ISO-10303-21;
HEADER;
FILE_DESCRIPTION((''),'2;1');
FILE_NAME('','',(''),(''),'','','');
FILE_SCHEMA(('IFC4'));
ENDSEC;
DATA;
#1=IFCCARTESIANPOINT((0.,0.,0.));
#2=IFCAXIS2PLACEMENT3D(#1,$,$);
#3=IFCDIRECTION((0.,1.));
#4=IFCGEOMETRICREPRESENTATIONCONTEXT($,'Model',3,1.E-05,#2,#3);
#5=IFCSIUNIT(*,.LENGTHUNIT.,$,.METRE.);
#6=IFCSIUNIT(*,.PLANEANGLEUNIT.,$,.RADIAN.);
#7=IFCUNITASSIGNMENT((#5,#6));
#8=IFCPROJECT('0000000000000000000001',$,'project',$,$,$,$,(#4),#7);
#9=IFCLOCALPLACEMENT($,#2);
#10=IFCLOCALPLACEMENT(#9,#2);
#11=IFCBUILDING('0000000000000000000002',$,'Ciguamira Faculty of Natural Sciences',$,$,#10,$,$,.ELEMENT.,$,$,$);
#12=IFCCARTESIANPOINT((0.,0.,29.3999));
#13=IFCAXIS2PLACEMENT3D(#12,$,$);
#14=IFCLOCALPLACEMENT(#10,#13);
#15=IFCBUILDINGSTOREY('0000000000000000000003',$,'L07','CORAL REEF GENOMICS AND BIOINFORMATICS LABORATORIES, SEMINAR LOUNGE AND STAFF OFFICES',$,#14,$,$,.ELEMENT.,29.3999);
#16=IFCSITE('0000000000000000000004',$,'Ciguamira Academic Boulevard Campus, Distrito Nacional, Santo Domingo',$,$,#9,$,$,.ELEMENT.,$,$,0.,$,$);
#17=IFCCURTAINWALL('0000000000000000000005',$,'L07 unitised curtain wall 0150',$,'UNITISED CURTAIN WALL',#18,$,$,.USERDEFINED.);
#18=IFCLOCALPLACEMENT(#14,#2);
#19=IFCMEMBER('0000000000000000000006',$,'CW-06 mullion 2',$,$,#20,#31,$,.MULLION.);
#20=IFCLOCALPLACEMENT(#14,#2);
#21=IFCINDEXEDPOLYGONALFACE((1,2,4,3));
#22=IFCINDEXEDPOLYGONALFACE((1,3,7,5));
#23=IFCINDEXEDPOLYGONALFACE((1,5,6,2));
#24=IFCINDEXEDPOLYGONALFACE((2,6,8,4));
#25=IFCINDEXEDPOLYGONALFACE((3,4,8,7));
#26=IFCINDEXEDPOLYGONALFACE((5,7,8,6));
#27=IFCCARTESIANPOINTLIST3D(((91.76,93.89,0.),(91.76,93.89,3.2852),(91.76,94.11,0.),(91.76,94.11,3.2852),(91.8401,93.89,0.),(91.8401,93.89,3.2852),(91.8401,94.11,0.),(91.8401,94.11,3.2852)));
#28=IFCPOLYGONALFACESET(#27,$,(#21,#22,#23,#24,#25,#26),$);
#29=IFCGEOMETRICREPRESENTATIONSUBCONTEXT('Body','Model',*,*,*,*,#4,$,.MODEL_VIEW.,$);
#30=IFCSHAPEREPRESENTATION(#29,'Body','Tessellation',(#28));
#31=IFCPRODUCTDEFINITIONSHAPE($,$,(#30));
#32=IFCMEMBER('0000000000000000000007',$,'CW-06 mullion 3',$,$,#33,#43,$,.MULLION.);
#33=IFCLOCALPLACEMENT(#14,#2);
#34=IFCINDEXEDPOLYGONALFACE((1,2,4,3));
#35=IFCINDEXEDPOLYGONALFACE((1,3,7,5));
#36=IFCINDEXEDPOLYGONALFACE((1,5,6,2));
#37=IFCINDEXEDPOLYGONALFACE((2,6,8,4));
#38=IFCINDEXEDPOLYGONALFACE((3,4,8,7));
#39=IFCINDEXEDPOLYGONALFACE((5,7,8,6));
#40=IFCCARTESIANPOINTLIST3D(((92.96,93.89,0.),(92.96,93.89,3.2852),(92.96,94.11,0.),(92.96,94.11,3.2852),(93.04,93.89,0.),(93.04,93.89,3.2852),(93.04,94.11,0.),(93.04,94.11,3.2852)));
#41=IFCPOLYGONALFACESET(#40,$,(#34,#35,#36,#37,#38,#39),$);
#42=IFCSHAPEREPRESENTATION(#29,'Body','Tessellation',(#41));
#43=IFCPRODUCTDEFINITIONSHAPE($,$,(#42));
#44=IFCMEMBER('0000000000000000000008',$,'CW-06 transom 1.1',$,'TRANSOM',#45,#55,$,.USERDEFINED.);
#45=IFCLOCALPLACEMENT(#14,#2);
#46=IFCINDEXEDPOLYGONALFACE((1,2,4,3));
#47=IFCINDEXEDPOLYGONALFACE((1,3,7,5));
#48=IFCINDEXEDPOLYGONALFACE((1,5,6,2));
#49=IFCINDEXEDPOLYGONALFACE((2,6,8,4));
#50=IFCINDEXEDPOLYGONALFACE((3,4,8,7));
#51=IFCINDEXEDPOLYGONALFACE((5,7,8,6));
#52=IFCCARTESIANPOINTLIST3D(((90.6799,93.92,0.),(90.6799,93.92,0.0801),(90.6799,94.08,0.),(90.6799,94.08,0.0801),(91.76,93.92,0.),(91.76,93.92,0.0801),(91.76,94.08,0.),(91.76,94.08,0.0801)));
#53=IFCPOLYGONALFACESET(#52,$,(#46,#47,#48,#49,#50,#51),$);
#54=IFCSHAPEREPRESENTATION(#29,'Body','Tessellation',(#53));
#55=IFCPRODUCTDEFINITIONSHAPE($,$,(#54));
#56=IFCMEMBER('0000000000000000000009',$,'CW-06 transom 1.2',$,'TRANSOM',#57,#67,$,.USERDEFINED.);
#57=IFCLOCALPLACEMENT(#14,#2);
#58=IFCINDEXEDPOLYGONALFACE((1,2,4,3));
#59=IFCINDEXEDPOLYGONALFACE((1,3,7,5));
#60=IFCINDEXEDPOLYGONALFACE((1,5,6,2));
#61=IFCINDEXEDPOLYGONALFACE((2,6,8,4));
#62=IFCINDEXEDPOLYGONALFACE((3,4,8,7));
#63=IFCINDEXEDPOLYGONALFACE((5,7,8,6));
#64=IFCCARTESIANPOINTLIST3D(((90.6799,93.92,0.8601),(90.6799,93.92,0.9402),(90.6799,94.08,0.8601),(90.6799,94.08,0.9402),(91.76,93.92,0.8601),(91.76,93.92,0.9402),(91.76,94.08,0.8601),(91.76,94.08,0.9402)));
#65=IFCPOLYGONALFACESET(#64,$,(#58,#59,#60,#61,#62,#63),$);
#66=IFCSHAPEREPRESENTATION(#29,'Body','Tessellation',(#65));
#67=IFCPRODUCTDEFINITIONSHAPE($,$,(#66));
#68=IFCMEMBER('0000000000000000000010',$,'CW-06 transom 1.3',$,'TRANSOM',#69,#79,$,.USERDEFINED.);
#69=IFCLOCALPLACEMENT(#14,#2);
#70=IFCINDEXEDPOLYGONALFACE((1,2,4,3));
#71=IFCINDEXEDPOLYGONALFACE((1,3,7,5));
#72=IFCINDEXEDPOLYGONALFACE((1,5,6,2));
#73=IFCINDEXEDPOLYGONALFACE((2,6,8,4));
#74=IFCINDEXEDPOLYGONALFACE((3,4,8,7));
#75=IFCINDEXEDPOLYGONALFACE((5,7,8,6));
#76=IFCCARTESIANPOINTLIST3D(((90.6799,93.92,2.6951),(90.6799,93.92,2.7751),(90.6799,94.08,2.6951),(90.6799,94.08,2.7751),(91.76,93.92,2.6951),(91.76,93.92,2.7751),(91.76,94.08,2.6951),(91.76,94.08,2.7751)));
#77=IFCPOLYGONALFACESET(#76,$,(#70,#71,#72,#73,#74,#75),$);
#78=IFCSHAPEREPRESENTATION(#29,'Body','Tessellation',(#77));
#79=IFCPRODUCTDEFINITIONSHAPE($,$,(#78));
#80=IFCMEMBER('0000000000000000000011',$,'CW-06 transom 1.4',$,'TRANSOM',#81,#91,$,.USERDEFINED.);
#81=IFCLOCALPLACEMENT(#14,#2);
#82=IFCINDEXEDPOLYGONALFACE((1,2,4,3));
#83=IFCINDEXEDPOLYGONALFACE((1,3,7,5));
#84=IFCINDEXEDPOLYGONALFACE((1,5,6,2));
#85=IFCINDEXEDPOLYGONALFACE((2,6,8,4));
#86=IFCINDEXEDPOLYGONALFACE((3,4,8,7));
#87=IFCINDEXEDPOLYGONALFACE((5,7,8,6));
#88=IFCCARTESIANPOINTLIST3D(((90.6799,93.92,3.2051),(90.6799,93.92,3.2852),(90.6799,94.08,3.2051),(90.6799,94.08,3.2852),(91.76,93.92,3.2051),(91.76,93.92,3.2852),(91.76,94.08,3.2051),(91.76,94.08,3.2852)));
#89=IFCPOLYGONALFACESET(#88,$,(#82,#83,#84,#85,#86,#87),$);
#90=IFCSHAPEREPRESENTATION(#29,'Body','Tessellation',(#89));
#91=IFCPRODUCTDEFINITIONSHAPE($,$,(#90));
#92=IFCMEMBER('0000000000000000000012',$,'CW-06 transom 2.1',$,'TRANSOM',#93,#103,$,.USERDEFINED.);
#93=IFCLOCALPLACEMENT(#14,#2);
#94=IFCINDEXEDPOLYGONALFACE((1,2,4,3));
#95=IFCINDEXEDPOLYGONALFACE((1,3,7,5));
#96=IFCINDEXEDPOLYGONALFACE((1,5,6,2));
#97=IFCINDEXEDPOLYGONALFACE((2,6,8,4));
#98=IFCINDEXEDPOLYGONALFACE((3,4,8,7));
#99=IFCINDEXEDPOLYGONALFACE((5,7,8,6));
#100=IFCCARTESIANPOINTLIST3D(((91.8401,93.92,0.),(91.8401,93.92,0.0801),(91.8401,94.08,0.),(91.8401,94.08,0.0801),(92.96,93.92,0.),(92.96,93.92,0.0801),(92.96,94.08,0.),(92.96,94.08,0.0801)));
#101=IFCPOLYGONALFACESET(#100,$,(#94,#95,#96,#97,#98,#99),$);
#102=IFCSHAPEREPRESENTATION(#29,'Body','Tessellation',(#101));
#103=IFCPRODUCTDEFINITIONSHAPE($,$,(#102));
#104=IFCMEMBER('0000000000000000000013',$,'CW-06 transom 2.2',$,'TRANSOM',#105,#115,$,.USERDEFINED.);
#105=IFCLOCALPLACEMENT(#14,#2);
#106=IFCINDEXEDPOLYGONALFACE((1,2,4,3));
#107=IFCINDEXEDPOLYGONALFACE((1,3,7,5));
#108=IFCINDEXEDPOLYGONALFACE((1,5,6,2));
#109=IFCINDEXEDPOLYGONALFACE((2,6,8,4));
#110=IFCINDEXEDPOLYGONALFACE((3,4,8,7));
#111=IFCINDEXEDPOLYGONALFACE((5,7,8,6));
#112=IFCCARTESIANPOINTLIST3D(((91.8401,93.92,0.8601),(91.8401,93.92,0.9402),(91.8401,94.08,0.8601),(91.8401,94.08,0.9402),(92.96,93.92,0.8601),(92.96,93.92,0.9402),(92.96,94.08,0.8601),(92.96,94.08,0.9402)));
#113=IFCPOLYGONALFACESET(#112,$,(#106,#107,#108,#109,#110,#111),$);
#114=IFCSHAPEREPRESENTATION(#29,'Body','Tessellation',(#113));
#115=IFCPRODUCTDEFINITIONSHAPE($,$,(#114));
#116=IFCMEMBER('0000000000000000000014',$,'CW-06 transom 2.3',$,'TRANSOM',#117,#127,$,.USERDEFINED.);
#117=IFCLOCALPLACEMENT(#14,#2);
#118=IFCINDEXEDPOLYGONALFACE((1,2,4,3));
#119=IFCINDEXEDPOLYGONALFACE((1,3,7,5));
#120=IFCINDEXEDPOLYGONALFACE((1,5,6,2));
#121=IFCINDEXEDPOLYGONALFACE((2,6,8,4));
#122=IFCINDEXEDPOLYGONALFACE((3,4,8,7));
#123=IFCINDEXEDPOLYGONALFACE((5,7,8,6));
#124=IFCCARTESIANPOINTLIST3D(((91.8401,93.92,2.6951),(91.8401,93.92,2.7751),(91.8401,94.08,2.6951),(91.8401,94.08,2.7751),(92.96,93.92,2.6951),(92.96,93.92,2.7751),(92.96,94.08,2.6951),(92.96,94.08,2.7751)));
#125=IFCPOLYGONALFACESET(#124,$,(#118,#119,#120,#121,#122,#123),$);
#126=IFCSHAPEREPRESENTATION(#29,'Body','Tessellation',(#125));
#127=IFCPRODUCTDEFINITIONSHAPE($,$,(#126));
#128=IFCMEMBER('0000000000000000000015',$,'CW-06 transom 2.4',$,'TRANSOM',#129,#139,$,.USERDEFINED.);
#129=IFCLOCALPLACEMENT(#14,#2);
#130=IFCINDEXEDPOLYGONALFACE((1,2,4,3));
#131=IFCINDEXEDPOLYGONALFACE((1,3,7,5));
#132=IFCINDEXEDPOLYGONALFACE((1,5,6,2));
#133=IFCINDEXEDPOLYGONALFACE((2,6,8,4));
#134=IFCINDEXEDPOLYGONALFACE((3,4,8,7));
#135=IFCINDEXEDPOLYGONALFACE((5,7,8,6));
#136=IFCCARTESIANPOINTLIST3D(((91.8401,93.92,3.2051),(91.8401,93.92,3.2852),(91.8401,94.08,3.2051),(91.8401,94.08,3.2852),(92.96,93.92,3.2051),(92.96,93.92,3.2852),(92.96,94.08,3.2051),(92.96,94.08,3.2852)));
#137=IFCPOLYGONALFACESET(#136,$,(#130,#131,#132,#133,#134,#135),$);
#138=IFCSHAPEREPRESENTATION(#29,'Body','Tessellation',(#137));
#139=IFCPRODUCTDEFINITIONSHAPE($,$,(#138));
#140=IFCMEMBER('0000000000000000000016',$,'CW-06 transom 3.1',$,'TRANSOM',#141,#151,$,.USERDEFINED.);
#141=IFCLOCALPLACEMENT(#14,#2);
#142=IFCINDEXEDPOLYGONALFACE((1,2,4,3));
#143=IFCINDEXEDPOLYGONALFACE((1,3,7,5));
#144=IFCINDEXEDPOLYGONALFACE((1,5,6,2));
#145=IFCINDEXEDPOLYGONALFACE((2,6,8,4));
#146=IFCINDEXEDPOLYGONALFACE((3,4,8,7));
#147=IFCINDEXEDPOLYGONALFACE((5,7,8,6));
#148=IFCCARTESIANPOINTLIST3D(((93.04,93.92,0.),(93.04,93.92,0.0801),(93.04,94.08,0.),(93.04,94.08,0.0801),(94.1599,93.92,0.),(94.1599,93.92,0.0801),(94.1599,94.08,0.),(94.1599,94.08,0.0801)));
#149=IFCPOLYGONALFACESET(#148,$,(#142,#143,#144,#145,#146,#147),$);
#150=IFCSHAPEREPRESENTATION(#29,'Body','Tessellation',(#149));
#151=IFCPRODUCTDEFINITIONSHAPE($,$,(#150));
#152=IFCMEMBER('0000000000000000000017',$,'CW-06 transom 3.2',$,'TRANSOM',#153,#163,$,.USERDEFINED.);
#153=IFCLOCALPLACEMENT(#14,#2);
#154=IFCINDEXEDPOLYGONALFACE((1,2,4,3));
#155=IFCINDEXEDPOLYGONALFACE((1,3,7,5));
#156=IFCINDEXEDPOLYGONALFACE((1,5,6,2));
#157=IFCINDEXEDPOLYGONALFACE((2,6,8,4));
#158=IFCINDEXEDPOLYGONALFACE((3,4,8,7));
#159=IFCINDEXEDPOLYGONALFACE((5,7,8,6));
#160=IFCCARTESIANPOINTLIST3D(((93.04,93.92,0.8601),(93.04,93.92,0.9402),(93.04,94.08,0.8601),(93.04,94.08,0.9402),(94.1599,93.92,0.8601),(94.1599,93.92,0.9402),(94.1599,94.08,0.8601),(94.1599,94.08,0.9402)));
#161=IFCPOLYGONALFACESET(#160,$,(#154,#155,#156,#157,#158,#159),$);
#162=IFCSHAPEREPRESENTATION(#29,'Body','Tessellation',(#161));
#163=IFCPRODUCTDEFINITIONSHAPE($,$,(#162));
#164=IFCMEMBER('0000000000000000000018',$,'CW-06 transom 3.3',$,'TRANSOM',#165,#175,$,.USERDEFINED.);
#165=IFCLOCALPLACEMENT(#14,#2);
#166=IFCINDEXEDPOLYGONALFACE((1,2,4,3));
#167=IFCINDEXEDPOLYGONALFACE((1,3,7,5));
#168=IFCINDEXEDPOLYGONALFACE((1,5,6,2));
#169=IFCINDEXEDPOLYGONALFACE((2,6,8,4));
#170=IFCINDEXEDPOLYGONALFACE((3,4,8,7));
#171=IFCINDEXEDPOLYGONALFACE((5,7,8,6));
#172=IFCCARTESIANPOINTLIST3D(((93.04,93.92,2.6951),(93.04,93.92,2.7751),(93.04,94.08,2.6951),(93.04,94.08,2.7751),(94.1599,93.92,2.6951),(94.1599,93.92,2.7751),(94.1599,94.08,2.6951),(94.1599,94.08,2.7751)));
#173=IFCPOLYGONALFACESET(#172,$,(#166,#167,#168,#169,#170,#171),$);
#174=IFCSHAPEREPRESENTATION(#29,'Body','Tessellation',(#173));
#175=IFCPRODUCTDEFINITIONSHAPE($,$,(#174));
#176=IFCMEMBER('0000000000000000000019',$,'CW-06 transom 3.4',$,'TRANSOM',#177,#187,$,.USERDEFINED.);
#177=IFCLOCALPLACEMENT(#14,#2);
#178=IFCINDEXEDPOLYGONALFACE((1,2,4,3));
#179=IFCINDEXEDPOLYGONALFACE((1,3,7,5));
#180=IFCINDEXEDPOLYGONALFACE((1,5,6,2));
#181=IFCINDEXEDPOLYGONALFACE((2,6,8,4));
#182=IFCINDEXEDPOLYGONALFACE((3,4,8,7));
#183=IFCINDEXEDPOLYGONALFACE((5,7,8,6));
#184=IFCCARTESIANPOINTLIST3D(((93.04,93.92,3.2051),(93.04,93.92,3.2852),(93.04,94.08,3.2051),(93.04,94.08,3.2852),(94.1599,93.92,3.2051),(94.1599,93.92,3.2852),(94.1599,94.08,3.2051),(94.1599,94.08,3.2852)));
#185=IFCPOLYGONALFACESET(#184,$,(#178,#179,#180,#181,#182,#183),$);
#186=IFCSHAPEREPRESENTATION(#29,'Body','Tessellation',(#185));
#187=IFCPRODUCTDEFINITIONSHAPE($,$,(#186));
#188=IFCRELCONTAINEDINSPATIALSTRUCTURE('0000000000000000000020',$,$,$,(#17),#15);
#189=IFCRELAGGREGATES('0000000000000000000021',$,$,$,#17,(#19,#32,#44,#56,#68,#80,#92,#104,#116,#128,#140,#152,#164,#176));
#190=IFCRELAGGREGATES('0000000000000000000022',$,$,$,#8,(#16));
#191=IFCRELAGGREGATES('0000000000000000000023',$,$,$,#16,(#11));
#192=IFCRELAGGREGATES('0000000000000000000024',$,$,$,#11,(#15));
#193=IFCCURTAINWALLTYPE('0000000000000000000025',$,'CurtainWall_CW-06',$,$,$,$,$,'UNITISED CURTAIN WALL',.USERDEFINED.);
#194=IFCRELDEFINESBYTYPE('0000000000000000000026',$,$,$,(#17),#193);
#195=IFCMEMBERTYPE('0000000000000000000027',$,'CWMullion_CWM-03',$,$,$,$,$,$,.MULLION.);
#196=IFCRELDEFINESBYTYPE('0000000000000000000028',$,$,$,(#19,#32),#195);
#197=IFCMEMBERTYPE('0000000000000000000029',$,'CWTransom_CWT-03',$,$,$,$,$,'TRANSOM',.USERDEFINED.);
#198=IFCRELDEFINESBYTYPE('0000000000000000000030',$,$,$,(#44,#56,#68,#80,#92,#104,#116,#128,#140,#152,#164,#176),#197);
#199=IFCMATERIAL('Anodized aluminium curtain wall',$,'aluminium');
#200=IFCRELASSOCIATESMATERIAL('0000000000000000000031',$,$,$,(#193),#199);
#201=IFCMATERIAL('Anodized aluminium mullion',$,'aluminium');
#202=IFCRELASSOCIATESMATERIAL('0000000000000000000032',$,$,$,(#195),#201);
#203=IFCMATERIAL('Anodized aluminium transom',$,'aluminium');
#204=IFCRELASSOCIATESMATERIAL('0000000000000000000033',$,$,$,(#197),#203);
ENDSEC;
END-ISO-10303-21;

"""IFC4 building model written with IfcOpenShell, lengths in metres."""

from ifc_helpers import new_model, si_unit, direction, frame, origin, origin_2d, place, context, subcontext, project, spatial, rectangle, extrude, material, material_profile, profile_set, type_object, element, aggregate, save


model = new_model("IFC4")

# Units and contexts
model_context = context("Model", 3, precision=1e-05, world=origin(), true_north=direction((0.0, 1.0)))
body_context = subcontext(model_context, "Body", "Model", "MODEL_VIEW")
ifc_project = project(units=[si_unit("LENGTHUNIT", "METRE"), si_unit("PLANEANGLEUNIT", "RADIAN")], contexts=[model_context])

# Site, building, storey
site_placement = place(None, origin())
site = spatial("IfcSite", under=ifc_project, at=site_placement, Name="Ciguamira Academic Boulevard Campus, Distrito Nacional, Santo Domingo", CompositionType="ELEMENT", RefElevation=0.0)
building_placement = place(site_placement, origin())
building = spatial("IfcBuilding", under=site, at=building_placement, Name="Ciguamira Faculty of Natural Sciences", CompositionType="ELEMENT")
storey_placement = place(building_placement, frame((0.0, 0.0, 29.3999)))
storey = spatial("IfcBuildingStorey", under=building, at=storey_placement, Name="L07", Description="CORAL REEF GENOMICS AND BIOINFORMATICS LABORATORIES, SEMINAR LOUNGE AND STAFF OFFICES", CompositionType="ELEMENT", Elevation=29.3999)

# Curtain wall, members
ifc_material_1 = material(Name="Anodized aluminium curtain wall", Category="aluminium")
curtain_wall_type = type_object("IfcCurtainWallType", Name="CurtainWall_CW-06", ElementType="UNITISED CURTAIN WALL", PredefinedType="USERDEFINED", material=ifc_material_1)
curtain_wall_placement = place(storey_placement, origin())
curtain_wall = element("IfcCurtainWall", 1, at=curtain_wall_placement, inside=storey, type_object=curtain_wall_type, Name="L07 unitised curtain wall 0150", ObjectType="UNITISED CURTAIN WALL", PredefinedType="USERDEFINED")
ifc_material_2 = material(Name="Anodized aluminium mullion", Category="aluminium")
ifc_material_profile_1 = material_profile(ifc_material_2, rectangle(XDim=0.0801, YDim=0.22, at=origin_2d()), Name="ALU-MUL-80X220")
ifc_profile_set_1 = profile_set([ifc_material_profile_1], Name="Anodized aluminium mullion")
member_type_1 = type_object("IfcMemberType", Name="CWMullion_CWM-03", PredefinedType="MULLION", material=ifc_profile_set_1)
member_1_placement = place(storey_placement, frame((91.8, 94.0, 0.0), z_axis=(0.0, 0.0, 1.0), x_axis=(1.0, 0.0, 0.0)))
member_1 = element("IfcMember", 2, at=member_1_placement, type_object=member_type_1, Name="CW-06 mullion 2", PredefinedType="MULLION", context=body_context, shape_type="SweptSolid", body=[
    extrude(rectangle(XDim=0.0801, YDim=0.22, at=origin_2d()), origin(), (0.0, 0.0, 1.0), 3.2852),
])
member_2_placement = place(storey_placement, frame((93.0, 94.0, 0.0), z_axis=(0.0, 0.0, 1.0), x_axis=(1.0, 0.0, 0.0)))
member_2 = element("IfcMember", 3, at=member_2_placement, type_object=member_type_1, Name="CW-06 mullion 3", PredefinedType="MULLION", context=body_context, shape_type="SweptSolid", body=[
    extrude(rectangle(XDim=0.0801, YDim=0.22, at=origin_2d()), origin(), (0.0, 0.0, 1.0), 3.2852),
])
ifc_material_3 = material(Name="Anodized aluminium transom", Category="aluminium")
ifc_material_profile_2 = material_profile(ifc_material_3, rectangle(XDim=0.0801, YDim=0.1599, at=origin_2d()), Name="ALU-TRN-80X160")
ifc_profile_set_2 = profile_set([ifc_material_profile_2], Name="Anodized aluminium transom")
member_type_2 = type_object("IfcMemberType", Name="CWTransom_CWT-03", ElementType="TRANSOM", PredefinedType="USERDEFINED", material=ifc_profile_set_2)
member_3_placement = place(storey_placement, frame((90.6799, 94.0, 0.04), z_axis=(1.0, 0.0, 0.0), x_axis=(0.0, 0.0, 1.0)))
member_3 = element("IfcMember", 4, at=member_3_placement, type_object=member_type_2, Name="CW-06 transom 1.1", ObjectType="TRANSOM", PredefinedType="USERDEFINED", context=body_context, shape_type="SweptSolid", body=[
    extrude(rectangle(XDim=0.0801, YDim=0.1599, at=origin_2d()), origin(), (0.0, 0.0, 1.0), 1.0801),
])
member_4_placement = place(storey_placement, frame((90.6799, 94.0, 0.9001), z_axis=(1.0, 0.0, 0.0), x_axis=(0.0, 0.0, 1.0)))
member_4 = element("IfcMember", 5, at=member_4_placement, type_object=member_type_2, Name="CW-06 transom 1.2", ObjectType="TRANSOM", PredefinedType="USERDEFINED", context=body_context, shape_type="SweptSolid", body=[
    extrude(rectangle(XDim=0.0801, YDim=0.1599, at=origin_2d()), origin(), (0.0, 0.0, 1.0), 1.0801),
])
member_5_placement = place(storey_placement, frame((90.6799, 94.0, 2.7351), z_axis=(1.0, 0.0, 0.0), x_axis=(0.0, 0.0, 1.0)))
member_5 = element("IfcMember", 6, at=member_5_placement, type_object=member_type_2, Name="CW-06 transom 1.3", ObjectType="TRANSOM", PredefinedType="USERDEFINED", context=body_context, shape_type="SweptSolid", body=[
    extrude(rectangle(XDim=0.0801, YDim=0.1599, at=origin_2d()), origin(), (0.0, 0.0, 1.0), 1.0801),
])
member_6_placement = place(storey_placement, frame((90.6799, 94.0, 3.2451), z_axis=(1.0, 0.0, 0.0), x_axis=(0.0, 0.0, 1.0)))
member_6 = element("IfcMember", 7, at=member_6_placement, type_object=member_type_2, Name="CW-06 transom 1.4", ObjectType="TRANSOM", PredefinedType="USERDEFINED", context=body_context, shape_type="SweptSolid", body=[
    extrude(rectangle(XDim=0.0801, YDim=0.1599, at=origin_2d()), origin(), (0.0, 0.0, 1.0), 1.0801),
])
member_7_placement = place(storey_placement, frame((91.8401, 94.0, 0.04), z_axis=(1.0, 0.0, 0.0), x_axis=(0.0, 0.0, 1.0)))
member_7 = element("IfcMember", 8, at=member_7_placement, type_object=member_type_2, Name="CW-06 transom 2.1", ObjectType="TRANSOM", PredefinedType="USERDEFINED", context=body_context, shape_type="SweptSolid", body=[
    extrude(rectangle(XDim=0.0801, YDim=0.1599, at=origin_2d()), origin(), (0.0, 0.0, 1.0), 1.1199),
])
member_8_placement = place(storey_placement, frame((91.8401, 94.0, 0.9001), z_axis=(1.0, 0.0, 0.0), x_axis=(0.0, 0.0, 1.0)))
member_8 = element("IfcMember", 9, at=member_8_placement, type_object=member_type_2, Name="CW-06 transom 2.2", ObjectType="TRANSOM", PredefinedType="USERDEFINED", context=body_context, shape_type="SweptSolid", body=[
    extrude(rectangle(XDim=0.0801, YDim=0.1599, at=origin_2d()), origin(), (0.0, 0.0, 1.0), 1.1199),
])
member_9_placement = place(storey_placement, frame((91.8401, 94.0, 2.7351), z_axis=(1.0, 0.0, 0.0), x_axis=(0.0, 0.0, 1.0)))
member_9 = element("IfcMember", 10, at=member_9_placement, type_object=member_type_2, Name="CW-06 transom 2.3", ObjectType="TRANSOM", PredefinedType="USERDEFINED", context=body_context, shape_type="SweptSolid", body=[
    extrude(rectangle(XDim=0.0801, YDim=0.1599, at=origin_2d()), origin(), (0.0, 0.0, 1.0), 1.1199),
])
member_10_placement = place(storey_placement, frame((91.8401, 94.0, 3.2451), z_axis=(1.0, 0.0, 0.0), x_axis=(0.0, 0.0, 1.0)))
member_10 = element("IfcMember", 11, at=member_10_placement, type_object=member_type_2, Name="CW-06 transom 2.4", ObjectType="TRANSOM", PredefinedType="USERDEFINED", context=body_context, shape_type="SweptSolid", body=[
    extrude(rectangle(XDim=0.0801, YDim=0.1599, at=origin_2d()), origin(), (0.0, 0.0, 1.0), 1.1199),
])
member_11_placement = place(storey_placement, frame((93.04, 94.0, 0.04), z_axis=(1.0, 0.0, 0.0), x_axis=(0.0, 0.0, 1.0)))
member_11 = element("IfcMember", 12, at=member_11_placement, type_object=member_type_2, Name="CW-06 transom 3.1", ObjectType="TRANSOM", PredefinedType="USERDEFINED", context=body_context, shape_type="SweptSolid", body=[
    extrude(rectangle(XDim=0.0801, YDim=0.1599, at=origin_2d()), origin(), (0.0, 0.0, 1.0), 1.1199),
])
member_12_placement = place(storey_placement, frame((93.04, 94.0, 0.9001), z_axis=(1.0, 0.0, 0.0), x_axis=(0.0, 0.0, 1.0)))
member_12 = element("IfcMember", 13, at=member_12_placement, type_object=member_type_2, Name="CW-06 transom 3.2", ObjectType="TRANSOM", PredefinedType="USERDEFINED", context=body_context, shape_type="SweptSolid", body=[
    extrude(rectangle(XDim=0.0801, YDim=0.1599, at=origin_2d()), origin(), (0.0, 0.0, 1.0), 1.1199),
])
member_13_placement = place(storey_placement, frame((93.04, 94.0, 2.7351), z_axis=(1.0, 0.0, 0.0), x_axis=(0.0, 0.0, 1.0)))
member_13 = element("IfcMember", 14, at=member_13_placement, type_object=member_type_2, Name="CW-06 transom 3.3", ObjectType="TRANSOM", PredefinedType="USERDEFINED", context=body_context, shape_type="SweptSolid", body=[
    extrude(rectangle(XDim=0.0801, YDim=0.1599, at=origin_2d()), origin(), (0.0, 0.0, 1.0), 1.1199),
])
member_14_placement = place(storey_placement, frame((93.04, 94.0, 3.2451), z_axis=(1.0, 0.0, 0.0), x_axis=(0.0, 0.0, 1.0)))
member_14 = element("IfcMember", 15, at=member_14_placement, type_object=member_type_2, Name="CW-06 transom 3.4", ObjectType="TRANSOM", PredefinedType="USERDEFINED", context=body_context, shape_type="SweptSolid", body=[
    extrude(rectangle(XDim=0.0801, YDim=0.1599, at=origin_2d()), origin(), (0.0, 0.0, 1.0), 1.1199),
])

aggregate(curtain_wall, [member_1, member_2, member_3, member_4, member_5, member_6, member_7, member_8, member_9, member_10, member_11, member_12, member_13, member_14])

save(model, "model.ifc")
